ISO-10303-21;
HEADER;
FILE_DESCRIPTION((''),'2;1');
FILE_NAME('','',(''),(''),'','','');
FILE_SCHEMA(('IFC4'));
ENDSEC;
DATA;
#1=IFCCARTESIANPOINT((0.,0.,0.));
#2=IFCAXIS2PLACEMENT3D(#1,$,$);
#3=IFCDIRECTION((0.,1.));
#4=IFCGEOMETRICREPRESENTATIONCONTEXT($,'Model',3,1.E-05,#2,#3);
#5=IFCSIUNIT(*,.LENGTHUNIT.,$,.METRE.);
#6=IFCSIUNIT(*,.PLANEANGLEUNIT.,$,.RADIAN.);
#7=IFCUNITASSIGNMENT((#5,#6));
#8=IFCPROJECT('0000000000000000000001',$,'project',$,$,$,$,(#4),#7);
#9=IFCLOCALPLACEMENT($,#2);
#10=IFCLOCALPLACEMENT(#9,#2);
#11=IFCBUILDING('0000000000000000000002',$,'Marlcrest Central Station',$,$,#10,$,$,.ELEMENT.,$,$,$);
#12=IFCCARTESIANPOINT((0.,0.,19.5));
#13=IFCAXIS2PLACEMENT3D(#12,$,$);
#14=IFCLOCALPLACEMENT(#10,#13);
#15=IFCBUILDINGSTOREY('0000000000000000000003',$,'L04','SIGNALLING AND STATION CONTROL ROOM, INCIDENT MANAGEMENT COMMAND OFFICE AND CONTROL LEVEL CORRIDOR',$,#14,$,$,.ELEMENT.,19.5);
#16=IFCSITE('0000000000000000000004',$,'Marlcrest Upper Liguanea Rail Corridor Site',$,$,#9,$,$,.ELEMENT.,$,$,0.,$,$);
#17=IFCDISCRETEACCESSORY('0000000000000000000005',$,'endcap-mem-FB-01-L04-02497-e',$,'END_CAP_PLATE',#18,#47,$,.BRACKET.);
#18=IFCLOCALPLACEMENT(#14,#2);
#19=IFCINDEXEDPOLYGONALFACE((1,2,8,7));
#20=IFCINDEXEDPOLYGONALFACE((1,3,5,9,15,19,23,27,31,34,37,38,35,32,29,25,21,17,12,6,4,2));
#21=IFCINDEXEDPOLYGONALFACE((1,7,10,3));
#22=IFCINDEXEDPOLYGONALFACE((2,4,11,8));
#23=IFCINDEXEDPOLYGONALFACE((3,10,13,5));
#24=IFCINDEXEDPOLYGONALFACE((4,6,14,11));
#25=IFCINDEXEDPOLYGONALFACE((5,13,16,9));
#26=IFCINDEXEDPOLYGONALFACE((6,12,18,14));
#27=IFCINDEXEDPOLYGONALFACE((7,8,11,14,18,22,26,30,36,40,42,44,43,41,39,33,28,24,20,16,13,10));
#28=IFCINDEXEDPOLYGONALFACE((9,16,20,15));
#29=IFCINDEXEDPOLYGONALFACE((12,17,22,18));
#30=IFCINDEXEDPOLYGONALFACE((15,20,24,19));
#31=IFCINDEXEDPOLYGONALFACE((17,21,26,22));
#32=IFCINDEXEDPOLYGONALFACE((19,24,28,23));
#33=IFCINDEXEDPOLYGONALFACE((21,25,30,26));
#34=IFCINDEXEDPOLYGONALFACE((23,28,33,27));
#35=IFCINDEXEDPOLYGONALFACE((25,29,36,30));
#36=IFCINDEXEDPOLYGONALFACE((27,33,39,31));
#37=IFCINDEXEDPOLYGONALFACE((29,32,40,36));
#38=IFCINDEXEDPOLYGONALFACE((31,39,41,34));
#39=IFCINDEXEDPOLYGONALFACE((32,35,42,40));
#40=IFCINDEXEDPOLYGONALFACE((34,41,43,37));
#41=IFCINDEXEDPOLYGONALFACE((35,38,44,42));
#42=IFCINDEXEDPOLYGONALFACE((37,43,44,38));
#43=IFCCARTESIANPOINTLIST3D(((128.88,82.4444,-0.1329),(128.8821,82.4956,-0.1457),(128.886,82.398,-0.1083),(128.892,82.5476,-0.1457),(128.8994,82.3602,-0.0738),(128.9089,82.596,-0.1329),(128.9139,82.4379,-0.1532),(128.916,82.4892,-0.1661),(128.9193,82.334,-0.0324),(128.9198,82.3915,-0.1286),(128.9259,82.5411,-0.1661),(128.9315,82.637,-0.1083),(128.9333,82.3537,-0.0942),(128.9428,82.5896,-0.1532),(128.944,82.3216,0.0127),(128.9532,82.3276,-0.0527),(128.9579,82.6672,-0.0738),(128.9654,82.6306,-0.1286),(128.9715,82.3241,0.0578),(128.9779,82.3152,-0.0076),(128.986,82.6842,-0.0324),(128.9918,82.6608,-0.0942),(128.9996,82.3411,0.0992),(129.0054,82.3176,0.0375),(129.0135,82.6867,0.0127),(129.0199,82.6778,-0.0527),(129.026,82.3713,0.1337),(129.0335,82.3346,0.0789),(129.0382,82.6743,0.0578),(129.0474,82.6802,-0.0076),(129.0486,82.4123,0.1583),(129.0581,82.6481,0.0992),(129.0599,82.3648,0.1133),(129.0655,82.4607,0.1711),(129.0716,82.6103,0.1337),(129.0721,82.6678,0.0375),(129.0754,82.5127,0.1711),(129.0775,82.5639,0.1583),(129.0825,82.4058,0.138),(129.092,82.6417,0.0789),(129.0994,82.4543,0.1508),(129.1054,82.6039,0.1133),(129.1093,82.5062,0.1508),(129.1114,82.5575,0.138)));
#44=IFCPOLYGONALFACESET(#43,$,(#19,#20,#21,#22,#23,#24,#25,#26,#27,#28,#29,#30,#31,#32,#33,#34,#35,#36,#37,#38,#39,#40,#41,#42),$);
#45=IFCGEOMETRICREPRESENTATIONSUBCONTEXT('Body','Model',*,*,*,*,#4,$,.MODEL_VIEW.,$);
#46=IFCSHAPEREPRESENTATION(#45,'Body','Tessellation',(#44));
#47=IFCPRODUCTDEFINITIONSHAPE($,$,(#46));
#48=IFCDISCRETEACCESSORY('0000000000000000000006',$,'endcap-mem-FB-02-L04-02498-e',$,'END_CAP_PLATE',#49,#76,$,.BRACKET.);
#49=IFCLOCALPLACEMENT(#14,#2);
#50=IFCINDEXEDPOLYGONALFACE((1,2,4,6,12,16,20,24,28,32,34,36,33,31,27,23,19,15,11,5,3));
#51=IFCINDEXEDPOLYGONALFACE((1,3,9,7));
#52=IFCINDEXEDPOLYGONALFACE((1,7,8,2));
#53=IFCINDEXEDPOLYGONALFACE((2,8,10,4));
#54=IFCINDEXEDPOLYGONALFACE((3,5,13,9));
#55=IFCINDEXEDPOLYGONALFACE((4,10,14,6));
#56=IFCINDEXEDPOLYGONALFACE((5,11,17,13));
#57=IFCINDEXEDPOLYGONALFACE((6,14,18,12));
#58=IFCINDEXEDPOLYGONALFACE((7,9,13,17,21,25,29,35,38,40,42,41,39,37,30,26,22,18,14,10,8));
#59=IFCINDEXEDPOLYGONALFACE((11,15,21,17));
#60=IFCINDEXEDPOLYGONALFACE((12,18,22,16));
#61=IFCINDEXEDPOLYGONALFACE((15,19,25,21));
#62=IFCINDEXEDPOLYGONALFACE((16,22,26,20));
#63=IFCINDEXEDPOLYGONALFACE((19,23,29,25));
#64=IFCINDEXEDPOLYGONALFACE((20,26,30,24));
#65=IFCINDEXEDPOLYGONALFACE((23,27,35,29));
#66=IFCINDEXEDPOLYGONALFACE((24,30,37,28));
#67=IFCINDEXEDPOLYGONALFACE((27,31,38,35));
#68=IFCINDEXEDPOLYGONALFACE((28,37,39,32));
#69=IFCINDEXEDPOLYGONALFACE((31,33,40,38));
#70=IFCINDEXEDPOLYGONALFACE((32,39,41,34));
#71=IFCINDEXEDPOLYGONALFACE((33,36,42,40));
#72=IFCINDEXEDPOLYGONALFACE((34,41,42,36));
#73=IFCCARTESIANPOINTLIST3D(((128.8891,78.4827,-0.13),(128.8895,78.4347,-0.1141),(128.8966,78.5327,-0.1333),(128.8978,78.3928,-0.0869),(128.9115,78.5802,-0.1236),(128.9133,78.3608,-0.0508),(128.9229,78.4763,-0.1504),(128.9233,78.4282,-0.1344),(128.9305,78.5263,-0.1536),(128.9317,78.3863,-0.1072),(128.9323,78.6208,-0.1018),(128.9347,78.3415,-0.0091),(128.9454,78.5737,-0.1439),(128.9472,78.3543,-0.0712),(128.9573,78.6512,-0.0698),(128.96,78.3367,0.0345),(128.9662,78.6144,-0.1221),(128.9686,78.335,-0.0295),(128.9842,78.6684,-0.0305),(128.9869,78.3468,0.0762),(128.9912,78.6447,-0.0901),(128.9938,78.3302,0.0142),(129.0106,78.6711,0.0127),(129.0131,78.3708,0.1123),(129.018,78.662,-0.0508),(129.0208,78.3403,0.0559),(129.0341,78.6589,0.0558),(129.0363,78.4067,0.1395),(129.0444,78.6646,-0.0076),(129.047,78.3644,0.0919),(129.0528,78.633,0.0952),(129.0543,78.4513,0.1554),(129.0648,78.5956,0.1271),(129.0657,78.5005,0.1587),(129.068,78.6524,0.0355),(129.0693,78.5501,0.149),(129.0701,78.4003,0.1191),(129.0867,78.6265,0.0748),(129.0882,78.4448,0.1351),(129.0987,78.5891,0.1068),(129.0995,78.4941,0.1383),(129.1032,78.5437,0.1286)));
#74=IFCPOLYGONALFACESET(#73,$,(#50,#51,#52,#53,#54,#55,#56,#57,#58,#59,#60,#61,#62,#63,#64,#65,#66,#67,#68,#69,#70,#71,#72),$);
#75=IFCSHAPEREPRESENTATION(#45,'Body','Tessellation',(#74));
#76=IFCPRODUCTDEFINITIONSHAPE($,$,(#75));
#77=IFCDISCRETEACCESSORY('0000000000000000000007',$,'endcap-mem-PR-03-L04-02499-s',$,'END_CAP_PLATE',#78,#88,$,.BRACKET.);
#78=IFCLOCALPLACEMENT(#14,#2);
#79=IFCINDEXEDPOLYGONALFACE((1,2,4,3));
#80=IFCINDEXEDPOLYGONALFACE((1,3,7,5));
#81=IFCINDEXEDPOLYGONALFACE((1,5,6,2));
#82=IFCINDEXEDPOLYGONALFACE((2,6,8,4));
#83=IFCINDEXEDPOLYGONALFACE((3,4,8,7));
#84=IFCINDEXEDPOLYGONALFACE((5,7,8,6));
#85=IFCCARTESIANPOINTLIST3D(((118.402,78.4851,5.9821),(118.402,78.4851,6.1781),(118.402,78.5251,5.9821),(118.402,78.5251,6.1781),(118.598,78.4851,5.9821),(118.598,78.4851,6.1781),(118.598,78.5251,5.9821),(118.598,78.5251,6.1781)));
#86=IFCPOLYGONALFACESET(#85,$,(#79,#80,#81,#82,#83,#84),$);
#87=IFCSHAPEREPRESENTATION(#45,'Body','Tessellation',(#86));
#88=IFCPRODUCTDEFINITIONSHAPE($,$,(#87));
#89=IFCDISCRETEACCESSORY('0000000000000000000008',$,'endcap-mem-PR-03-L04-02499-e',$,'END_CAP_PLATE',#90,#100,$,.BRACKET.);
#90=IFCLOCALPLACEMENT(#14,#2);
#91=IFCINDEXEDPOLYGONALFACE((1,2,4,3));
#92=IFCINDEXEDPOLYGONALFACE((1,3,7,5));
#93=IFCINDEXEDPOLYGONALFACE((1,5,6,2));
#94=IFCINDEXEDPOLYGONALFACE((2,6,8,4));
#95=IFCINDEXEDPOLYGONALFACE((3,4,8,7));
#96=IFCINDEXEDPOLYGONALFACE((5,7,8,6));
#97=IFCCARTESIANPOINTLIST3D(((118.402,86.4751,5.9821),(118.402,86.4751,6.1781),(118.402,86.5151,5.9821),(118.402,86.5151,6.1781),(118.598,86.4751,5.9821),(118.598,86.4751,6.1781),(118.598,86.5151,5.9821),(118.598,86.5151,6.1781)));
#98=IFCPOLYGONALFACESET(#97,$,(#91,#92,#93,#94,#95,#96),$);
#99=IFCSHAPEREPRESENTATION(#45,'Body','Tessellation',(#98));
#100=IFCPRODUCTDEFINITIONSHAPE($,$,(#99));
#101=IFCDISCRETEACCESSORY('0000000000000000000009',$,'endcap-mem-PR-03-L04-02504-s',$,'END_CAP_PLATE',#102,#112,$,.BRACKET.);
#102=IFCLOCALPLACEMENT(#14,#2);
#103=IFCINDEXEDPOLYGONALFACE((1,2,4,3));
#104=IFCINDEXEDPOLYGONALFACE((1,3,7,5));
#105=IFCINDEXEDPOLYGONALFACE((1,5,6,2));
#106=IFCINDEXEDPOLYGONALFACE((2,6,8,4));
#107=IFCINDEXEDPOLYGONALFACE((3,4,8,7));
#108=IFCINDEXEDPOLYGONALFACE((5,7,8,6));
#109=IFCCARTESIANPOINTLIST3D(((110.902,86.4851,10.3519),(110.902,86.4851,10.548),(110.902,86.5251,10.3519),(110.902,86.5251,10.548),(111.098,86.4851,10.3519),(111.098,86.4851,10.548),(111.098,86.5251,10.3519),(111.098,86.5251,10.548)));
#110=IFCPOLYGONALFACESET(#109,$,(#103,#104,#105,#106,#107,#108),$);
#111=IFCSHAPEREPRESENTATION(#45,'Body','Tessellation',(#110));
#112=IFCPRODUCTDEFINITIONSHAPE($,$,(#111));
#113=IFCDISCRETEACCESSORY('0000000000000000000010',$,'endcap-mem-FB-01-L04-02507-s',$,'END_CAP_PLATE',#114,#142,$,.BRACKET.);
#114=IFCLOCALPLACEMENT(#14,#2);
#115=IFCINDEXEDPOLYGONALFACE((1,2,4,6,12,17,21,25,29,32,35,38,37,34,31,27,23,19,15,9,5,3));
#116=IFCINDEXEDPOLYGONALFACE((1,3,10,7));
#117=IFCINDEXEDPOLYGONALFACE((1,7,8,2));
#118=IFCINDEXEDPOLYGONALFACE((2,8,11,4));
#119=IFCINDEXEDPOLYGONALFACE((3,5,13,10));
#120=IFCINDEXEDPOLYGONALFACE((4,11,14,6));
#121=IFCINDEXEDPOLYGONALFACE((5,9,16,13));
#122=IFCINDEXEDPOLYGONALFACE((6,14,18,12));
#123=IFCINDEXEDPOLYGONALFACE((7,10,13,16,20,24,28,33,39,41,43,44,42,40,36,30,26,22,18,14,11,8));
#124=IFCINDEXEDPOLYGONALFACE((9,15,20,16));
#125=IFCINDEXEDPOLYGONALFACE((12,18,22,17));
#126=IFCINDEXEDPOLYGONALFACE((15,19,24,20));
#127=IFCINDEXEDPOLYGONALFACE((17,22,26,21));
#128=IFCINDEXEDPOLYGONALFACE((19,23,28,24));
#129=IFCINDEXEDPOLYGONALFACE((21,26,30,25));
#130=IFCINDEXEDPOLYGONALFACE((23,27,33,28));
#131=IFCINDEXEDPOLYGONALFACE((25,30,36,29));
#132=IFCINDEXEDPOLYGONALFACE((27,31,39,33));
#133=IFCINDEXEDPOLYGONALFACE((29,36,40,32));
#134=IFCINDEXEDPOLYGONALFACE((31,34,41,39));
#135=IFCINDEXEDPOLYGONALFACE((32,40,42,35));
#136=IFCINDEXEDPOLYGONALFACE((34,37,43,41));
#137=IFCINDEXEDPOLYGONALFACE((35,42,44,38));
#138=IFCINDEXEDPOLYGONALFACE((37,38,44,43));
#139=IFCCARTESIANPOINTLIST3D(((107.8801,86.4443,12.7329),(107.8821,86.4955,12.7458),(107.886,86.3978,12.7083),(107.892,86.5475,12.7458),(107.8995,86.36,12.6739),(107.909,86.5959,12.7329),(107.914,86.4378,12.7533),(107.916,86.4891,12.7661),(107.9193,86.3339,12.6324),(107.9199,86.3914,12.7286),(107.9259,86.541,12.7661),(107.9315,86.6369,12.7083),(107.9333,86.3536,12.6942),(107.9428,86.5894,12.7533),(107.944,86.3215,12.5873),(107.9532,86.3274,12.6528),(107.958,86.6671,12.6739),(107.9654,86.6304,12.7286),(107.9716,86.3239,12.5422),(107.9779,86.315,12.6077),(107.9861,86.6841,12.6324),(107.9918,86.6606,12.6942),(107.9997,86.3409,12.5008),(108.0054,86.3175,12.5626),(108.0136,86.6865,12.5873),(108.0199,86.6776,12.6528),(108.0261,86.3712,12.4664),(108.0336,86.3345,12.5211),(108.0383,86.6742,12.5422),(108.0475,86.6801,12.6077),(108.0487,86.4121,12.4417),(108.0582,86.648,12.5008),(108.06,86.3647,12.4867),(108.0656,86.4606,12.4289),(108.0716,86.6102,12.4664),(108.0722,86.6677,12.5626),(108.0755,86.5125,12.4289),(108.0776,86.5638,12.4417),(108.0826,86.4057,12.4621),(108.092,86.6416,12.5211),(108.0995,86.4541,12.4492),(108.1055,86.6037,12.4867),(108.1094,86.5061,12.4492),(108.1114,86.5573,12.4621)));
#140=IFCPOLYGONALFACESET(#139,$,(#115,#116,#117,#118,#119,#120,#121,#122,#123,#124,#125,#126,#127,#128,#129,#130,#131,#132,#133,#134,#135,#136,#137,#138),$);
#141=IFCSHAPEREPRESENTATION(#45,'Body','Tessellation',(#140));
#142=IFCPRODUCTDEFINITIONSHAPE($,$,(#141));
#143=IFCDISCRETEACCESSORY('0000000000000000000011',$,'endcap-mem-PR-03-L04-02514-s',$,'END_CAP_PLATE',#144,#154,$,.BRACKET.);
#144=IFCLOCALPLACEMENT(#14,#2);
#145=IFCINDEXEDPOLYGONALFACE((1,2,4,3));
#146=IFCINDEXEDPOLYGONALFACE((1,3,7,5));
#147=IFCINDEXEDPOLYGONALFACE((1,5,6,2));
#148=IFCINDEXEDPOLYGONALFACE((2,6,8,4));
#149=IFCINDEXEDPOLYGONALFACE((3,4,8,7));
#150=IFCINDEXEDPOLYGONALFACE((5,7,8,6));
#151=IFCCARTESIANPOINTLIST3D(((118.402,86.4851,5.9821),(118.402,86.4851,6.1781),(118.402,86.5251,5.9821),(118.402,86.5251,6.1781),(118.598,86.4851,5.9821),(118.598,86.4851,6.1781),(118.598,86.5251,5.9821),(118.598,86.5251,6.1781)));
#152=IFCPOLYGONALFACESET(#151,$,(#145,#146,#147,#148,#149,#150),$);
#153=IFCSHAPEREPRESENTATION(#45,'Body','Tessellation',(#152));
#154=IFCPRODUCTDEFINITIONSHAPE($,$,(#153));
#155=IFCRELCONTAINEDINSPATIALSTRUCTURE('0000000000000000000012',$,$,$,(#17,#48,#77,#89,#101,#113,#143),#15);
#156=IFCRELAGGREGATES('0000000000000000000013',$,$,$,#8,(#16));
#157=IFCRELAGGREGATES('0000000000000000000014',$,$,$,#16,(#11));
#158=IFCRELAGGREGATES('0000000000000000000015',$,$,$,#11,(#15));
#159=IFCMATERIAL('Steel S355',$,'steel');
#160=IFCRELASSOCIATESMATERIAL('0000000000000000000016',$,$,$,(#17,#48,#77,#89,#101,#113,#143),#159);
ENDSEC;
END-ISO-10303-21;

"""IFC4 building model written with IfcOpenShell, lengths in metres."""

from ifc_helpers import new_model, si_unit, direction, frame, origin, origin_2d, place, context, subcontext, project, spatial, rectangle, circle, extrude, material, element, save


model = new_model("IFC4")

# Units and contexts
model_context = context("Model", 3, precision=1e-05, world=origin(), true_north=direction((0.0, 1.0)))
body_context = subcontext(model_context, "Body", "Model", "MODEL_VIEW")
ifc_project = project(units=[si_unit("LENGTHUNIT", "METRE"), si_unit("PLANEANGLEUNIT", "RADIAN")], contexts=[model_context])

# Site, building, storey
site_placement = place(None, origin())
site = spatial("IfcSite", under=ifc_project, at=site_placement, Name="Marlcrest Upper Liguanea Rail Corridor Site", CompositionType="ELEMENT", RefElevation=0.0)
building_placement = place(site_placement, origin())
building = spatial("IfcBuilding", under=site, at=building_placement, Name="Marlcrest Central Station", CompositionType="ELEMENT")
storey_placement = place(building_placement, frame((0.0, 0.0, 19.5)))
storey = spatial("IfcBuildingStorey", under=building, at=storey_placement, Name="L04", Description="SIGNALLING AND STATION CONTROL ROOM, INCIDENT MANAGEMENT COMMAND OFFICE AND CONTROL LEVEL CORRIDOR", CompositionType="ELEMENT", Elevation=19.5)

# Shared definitions
ifc_material_1 = material(Name="Steel S355", Category="steel")

# Discrete accessories
for number, where, z_axis, x_axis, name in (
    (1, (128.9788, 82.5042, 0.0127), (0.846277, -0.161196, -0.50777), (0.187112, 0.982339, 0.0), "endcap-mem-FB-01-L04-02497-e"),
):
    element("IfcDiscreteAccessory", number, at=place(storey_placement, frame(where, z_axis=z_axis, x_axis=x_axis)), inside=storey, material=ifc_material_1, Name=name, ObjectType="END_CAP_PLATE", PredefinedType="BRACKET", context=body_context, shape_type="SweptSolid", body=[
        extrude(circle(Radius=0.1858, at=origin_2d()), origin(), (0.0, 0.0, 1.0), 0.04),
    ])
discrete_accessory_1_placement = place(storey_placement, frame((128.9788, 78.5042, 0.0127), z_axis=(0.846277, -0.161196, -0.50777), x_axis=(0.187112, 0.982339, 0.0)))
element("IfcDiscreteAccessory", 2, at=discrete_accessory_1_placement, inside=storey, material=ifc_material_1, Name="endcap-mem-FB-02-L04-02498-e", ObjectType="END_CAP_PLATE", PredefinedType="BRACKET", context=body_context, shape_type="SweptSolid", body=[
    extrude(circle(Radius=0.1699, at=origin_2d()), origin(), (0.0, 0.0, 1.0), 0.04),
])
for number, where, z_axis, x_axis, name in (
    (3, (118.5, 78.4851, 6.0801), (0.0, 1.0, 0.0), (-1.0, 0.0, 0.0), "endcap-mem-PR-03-L04-02499-s"),
    (4, (118.5, 86.4751, 6.0801), (0.0, 1.0, 0.0), (-1.0, 0.0, 0.0), "endcap-mem-PR-03-L04-02499-e"),
    (5, (111.0, 86.4851, 10.45), (0.0, 1.0, 0.0), (-1.0, 0.0, 0.0), "endcap-mem-PR-03-L04-02504-s"),
):
    element("IfcDiscreteAccessory", number, at=place(storey_placement, frame(where, z_axis=z_axis, x_axis=x_axis)), inside=storey, material=ifc_material_1, Name=name, ObjectType="END_CAP_PLATE", PredefinedType="BRACKET", context=body_context, shape_type="SweptSolid", body=[
        extrude(rectangle(XDim=0.196, YDim=0.196, at=origin_2d()), origin(), (0.0, 0.0, 1.0), 0.04),
    ])
discrete_accessory_2_placement = place(storey_placement, frame((108.0127, 86.4976, 12.6077), z_axis=(-0.846277, 0.161196, -0.50777), x_axis=(-0.187112, -0.982339, 0.0)))
element("IfcDiscreteAccessory", 6, at=discrete_accessory_2_placement, inside=storey, material=ifc_material_1, Name="endcap-mem-FB-01-L04-02507-s", ObjectType="END_CAP_PLATE", PredefinedType="BRACKET", context=body_context, shape_type="SweptSolid", body=[
    extrude(circle(Radius=0.1858, at=origin_2d()), origin(), (0.0, 0.0, 1.0), 0.04),
])
discrete_accessory_3_placement = place(storey_placement, frame((118.5, 86.4851, 6.0801), z_axis=(0.0, 1.0, 0.0), x_axis=(-1.0, 0.0, 0.0)))
element("IfcDiscreteAccessory", 7, at=discrete_accessory_3_placement, inside=storey, material=ifc_material_1, Name="endcap-mem-PR-03-L04-02514-s", ObjectType="END_CAP_PLATE", PredefinedType="BRACKET", context=body_context, shape_type="SweptSolid", body=[
    extrude(rectangle(XDim=0.196, YDim=0.196, at=origin_2d()), origin(), (0.0, 0.0, 1.0), 0.04),
])

save(model, "model.ifc")
